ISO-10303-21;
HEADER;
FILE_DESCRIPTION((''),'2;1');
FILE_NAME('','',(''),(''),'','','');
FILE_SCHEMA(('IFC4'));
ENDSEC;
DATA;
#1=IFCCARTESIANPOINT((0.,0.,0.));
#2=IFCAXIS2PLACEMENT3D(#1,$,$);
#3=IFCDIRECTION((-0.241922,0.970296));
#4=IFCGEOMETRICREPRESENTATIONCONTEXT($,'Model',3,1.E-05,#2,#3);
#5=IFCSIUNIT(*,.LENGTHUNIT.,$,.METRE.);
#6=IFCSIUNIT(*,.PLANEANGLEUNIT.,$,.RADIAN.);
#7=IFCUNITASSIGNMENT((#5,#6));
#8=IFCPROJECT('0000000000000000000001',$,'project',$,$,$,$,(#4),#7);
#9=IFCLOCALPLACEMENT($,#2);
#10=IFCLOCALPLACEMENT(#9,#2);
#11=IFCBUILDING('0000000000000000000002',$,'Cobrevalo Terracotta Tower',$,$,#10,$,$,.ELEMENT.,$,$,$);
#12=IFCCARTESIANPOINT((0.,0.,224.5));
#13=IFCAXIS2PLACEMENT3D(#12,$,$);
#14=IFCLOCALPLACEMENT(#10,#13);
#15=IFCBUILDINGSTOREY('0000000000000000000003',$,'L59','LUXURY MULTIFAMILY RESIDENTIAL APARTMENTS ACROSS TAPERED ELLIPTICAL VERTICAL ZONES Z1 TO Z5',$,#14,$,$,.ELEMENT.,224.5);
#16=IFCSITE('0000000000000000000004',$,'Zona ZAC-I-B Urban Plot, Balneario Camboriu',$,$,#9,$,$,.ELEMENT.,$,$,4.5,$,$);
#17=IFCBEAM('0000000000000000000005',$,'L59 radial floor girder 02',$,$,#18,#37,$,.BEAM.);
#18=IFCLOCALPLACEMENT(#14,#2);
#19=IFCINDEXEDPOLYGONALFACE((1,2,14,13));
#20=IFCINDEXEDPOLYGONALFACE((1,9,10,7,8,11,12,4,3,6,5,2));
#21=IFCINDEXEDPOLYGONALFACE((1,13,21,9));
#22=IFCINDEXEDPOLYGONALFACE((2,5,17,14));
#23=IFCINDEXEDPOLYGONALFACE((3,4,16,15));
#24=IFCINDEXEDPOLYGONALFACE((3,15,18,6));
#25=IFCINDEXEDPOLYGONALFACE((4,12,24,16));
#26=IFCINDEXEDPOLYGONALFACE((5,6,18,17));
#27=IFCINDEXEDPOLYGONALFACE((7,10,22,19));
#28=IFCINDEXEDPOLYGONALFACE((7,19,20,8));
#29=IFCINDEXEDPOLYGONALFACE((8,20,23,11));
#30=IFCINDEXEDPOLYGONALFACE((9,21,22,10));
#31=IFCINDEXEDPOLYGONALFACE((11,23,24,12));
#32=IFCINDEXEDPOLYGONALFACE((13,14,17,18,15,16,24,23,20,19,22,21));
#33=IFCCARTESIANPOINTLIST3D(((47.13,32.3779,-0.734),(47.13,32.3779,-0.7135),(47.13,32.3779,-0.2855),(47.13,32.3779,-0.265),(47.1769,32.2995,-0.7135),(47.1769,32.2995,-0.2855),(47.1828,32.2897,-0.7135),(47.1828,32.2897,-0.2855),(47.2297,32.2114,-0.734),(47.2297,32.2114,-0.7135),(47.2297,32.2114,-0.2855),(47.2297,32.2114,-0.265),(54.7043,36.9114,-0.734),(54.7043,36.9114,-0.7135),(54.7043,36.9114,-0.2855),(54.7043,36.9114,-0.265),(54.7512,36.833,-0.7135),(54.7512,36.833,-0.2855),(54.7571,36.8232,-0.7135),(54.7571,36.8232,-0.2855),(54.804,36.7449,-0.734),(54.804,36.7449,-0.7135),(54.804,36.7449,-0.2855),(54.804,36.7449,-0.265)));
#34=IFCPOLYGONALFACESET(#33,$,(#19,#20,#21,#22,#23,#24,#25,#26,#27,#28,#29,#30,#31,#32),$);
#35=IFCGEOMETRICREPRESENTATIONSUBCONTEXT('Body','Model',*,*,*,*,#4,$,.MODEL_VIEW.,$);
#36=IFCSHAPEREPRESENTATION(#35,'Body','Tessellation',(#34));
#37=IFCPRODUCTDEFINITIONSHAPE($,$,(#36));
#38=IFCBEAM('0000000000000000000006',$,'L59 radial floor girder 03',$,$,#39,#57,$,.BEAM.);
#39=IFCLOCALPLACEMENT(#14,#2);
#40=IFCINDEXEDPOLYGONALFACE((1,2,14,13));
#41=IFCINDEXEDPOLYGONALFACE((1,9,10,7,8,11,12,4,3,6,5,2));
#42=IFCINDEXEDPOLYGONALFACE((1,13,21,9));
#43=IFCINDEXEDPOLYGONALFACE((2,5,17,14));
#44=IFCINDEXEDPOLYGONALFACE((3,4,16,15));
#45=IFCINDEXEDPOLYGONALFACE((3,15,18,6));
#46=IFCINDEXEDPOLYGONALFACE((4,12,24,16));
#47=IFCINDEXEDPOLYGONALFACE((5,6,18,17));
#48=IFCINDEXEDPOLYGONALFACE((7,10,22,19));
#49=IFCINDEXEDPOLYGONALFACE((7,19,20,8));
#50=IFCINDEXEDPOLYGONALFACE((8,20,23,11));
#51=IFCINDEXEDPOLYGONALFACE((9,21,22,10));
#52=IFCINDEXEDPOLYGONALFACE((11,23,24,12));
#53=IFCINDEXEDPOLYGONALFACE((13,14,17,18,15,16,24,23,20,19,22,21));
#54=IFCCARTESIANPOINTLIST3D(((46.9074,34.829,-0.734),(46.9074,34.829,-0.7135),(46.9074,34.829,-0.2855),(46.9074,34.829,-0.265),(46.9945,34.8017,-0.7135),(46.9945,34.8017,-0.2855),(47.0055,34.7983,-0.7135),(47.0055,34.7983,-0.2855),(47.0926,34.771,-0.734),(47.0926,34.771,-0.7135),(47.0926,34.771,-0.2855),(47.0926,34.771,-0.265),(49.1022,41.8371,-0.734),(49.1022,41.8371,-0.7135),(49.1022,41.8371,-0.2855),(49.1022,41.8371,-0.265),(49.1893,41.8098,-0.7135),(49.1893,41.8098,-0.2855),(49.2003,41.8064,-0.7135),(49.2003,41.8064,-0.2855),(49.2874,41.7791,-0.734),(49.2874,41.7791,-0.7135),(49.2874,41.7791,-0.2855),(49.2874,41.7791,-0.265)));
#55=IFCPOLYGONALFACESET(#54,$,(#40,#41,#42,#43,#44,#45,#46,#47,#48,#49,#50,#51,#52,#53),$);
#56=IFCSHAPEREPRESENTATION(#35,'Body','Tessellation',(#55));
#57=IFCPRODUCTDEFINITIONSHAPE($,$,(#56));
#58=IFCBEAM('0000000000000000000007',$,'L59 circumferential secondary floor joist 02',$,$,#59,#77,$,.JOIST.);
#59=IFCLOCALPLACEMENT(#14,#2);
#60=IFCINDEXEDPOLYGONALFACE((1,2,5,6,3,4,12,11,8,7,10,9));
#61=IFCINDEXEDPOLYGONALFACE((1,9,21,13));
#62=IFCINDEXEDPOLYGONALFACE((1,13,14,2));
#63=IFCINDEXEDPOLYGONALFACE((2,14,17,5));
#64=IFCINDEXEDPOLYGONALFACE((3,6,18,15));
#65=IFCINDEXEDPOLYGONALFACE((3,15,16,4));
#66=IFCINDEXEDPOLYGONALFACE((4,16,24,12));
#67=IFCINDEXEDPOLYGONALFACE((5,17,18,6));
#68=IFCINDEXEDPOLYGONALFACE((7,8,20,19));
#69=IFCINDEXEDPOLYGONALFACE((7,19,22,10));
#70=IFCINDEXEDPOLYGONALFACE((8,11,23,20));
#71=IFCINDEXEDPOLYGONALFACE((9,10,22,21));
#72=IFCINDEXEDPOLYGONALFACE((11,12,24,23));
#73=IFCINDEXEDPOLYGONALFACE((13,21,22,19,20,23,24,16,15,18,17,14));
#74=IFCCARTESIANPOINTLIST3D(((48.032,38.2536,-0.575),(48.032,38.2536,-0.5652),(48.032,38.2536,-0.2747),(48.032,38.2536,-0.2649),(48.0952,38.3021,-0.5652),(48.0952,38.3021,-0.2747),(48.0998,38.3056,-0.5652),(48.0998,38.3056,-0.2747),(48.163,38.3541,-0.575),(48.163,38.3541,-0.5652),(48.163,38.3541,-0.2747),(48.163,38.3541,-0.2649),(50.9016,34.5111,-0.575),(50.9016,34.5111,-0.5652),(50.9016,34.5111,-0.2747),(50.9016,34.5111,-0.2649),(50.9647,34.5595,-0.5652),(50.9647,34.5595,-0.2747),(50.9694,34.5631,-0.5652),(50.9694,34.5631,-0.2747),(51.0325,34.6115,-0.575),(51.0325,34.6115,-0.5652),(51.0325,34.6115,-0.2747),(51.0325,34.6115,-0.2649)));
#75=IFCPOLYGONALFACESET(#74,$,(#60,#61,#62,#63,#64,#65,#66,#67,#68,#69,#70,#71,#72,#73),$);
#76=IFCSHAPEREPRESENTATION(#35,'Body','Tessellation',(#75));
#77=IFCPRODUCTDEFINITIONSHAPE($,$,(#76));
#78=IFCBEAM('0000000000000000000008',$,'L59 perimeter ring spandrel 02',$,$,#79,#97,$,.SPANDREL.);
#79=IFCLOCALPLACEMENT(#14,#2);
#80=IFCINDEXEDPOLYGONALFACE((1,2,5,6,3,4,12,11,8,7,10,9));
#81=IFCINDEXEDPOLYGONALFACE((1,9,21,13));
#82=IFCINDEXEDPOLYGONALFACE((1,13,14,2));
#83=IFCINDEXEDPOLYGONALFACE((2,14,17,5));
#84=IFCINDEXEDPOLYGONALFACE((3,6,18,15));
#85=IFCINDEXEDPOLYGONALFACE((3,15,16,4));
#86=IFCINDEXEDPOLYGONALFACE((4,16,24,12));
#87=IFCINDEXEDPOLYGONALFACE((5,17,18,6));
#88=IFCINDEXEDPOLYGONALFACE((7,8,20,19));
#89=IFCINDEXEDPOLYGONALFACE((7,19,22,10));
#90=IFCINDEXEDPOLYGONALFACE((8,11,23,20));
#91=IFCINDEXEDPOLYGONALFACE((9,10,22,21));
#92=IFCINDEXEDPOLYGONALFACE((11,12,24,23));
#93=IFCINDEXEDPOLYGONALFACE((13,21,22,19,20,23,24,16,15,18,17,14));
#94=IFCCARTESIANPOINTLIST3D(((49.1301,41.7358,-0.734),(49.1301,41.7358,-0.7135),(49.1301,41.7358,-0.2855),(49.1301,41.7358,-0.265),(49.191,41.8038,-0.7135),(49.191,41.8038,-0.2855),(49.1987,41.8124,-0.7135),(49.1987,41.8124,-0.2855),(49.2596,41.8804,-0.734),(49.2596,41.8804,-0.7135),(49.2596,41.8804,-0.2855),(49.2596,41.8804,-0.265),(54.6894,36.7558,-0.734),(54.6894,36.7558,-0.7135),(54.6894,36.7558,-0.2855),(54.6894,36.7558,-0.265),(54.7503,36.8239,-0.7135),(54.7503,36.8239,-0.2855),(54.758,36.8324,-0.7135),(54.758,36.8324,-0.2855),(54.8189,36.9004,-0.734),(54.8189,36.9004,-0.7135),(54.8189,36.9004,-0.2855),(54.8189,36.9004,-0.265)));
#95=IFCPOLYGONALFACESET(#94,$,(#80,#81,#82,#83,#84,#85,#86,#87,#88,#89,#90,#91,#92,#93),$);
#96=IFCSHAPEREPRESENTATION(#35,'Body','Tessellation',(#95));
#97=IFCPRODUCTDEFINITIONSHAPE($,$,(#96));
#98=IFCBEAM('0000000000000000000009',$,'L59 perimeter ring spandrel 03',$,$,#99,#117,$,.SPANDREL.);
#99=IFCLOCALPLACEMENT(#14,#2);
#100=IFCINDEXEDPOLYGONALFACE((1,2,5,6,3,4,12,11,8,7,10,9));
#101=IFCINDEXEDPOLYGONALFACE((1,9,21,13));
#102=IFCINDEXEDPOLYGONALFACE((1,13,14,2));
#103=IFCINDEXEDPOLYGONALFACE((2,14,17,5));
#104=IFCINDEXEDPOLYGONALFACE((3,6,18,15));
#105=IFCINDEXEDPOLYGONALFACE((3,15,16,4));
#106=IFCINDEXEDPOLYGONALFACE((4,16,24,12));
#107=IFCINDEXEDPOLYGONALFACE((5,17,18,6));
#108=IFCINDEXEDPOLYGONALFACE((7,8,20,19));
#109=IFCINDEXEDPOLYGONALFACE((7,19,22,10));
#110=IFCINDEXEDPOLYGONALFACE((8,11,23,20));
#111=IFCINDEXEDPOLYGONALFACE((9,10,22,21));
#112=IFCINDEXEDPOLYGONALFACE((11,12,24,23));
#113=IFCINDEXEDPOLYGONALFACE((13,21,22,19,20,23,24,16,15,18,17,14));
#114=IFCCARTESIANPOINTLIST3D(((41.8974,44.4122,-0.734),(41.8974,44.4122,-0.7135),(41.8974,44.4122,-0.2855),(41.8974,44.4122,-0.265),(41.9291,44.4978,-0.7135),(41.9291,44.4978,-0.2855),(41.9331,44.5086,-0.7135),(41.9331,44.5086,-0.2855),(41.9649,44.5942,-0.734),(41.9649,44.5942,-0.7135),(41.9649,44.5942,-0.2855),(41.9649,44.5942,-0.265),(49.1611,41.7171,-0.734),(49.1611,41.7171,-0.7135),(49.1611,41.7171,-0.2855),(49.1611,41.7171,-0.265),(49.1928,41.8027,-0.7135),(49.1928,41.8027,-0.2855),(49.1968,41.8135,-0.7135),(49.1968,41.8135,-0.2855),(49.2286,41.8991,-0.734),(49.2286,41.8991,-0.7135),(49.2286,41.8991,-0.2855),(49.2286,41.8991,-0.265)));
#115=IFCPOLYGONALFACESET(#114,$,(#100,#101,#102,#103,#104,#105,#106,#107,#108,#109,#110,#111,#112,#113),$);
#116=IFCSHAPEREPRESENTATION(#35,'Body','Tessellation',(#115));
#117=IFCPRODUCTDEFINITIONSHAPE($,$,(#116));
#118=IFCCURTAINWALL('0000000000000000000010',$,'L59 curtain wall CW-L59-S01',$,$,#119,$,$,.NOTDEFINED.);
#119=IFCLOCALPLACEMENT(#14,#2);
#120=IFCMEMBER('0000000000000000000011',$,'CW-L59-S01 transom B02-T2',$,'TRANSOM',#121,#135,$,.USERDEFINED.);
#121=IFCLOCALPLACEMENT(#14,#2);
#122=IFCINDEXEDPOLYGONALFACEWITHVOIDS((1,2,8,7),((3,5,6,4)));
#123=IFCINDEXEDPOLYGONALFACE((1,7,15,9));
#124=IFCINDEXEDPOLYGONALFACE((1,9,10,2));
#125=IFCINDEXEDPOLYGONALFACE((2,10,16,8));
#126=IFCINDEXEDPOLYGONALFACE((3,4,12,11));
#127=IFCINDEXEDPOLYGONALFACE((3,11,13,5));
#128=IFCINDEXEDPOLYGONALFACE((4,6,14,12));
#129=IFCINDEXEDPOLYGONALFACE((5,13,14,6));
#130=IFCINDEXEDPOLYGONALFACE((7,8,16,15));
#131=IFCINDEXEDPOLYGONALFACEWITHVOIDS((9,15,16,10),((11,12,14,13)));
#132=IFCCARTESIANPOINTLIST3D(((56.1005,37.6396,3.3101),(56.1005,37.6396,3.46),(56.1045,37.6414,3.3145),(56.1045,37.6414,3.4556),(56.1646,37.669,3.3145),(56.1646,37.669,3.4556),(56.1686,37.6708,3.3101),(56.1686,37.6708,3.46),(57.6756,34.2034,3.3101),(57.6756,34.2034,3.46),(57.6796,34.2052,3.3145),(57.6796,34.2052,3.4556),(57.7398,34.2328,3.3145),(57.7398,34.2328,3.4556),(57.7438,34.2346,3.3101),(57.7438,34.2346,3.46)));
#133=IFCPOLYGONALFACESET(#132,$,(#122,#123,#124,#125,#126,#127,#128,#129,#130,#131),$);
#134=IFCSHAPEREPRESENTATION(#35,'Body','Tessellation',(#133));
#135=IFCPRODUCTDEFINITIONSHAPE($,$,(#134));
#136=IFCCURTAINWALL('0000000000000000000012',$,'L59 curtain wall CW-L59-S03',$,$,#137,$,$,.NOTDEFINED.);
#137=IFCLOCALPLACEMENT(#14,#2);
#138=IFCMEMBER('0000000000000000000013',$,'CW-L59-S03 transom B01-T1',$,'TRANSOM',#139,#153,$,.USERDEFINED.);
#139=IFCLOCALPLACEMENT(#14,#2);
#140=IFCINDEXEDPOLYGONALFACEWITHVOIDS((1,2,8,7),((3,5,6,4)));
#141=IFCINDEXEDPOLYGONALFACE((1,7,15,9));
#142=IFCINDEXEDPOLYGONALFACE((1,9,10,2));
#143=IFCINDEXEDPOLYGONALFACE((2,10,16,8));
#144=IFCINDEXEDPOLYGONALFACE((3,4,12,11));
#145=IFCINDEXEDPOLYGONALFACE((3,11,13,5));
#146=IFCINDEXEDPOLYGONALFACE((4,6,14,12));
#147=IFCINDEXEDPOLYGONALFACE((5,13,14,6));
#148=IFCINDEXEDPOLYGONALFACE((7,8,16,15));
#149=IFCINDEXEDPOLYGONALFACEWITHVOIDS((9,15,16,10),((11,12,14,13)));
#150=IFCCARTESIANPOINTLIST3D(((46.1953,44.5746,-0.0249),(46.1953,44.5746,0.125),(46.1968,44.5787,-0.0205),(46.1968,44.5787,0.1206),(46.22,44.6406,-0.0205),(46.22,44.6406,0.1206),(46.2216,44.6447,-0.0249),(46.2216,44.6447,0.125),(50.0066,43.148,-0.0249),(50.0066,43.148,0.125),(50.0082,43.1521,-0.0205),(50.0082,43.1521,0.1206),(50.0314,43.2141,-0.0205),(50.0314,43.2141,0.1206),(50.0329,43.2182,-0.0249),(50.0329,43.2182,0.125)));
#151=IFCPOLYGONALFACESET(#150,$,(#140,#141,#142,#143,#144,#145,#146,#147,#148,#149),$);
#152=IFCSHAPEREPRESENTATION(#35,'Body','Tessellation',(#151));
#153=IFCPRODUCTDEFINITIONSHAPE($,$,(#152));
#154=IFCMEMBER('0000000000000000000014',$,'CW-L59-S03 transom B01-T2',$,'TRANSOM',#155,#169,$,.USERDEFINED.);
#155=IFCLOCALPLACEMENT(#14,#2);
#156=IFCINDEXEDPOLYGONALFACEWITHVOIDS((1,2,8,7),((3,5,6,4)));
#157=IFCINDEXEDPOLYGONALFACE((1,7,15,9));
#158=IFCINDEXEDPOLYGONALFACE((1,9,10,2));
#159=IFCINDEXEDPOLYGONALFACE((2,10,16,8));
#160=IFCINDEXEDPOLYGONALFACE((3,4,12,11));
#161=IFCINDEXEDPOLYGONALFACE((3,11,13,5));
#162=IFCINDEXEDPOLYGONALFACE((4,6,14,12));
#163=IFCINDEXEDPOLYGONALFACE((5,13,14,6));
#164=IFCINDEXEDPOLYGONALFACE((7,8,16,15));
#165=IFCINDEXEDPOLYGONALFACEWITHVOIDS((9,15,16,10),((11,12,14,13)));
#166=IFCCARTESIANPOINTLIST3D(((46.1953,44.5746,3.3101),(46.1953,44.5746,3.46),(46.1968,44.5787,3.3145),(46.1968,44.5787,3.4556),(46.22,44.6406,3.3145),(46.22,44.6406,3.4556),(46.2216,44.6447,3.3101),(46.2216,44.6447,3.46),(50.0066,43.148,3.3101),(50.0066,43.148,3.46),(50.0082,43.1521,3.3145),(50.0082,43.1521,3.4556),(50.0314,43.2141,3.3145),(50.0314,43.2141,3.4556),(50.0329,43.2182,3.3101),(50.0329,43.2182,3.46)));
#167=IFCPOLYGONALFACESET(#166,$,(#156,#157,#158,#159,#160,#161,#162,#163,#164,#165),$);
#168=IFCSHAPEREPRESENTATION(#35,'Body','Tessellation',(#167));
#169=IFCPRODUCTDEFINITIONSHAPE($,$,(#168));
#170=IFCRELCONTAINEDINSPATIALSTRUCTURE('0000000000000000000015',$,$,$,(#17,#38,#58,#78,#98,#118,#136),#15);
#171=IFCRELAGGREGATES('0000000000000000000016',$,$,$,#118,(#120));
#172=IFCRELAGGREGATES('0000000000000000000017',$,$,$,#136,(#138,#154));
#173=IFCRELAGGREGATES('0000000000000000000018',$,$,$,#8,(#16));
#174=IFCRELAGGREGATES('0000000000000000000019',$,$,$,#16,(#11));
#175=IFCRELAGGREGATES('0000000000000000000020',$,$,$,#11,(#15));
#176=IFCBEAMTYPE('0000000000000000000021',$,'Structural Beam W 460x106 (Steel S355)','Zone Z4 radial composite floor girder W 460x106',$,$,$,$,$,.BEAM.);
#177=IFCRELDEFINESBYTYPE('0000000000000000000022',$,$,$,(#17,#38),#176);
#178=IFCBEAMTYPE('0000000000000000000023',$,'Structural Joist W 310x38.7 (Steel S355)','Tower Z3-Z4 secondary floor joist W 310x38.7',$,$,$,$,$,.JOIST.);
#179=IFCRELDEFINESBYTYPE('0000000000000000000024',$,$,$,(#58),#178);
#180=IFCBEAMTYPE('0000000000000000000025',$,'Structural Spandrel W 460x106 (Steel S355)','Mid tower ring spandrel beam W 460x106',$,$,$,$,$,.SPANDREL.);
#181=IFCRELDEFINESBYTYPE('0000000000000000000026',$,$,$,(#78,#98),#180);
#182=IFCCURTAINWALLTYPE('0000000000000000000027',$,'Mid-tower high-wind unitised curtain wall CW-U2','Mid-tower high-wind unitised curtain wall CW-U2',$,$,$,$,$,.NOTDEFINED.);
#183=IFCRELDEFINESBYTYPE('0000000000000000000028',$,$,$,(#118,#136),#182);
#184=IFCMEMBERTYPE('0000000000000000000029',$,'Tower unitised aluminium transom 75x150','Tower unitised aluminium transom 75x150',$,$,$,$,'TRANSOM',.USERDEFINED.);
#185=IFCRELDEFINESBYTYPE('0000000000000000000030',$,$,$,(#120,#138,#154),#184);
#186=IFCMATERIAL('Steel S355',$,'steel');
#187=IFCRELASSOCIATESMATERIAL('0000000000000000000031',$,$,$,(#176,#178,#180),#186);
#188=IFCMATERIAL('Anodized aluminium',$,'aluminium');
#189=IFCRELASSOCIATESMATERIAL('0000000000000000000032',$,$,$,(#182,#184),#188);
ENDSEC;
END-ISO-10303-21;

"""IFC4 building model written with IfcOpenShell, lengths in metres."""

from ifc_helpers import new_model, si_unit, direction, frame, origin, origin_2d, place, context, subcontext, project, spatial, hollow_rectangle, i_section, extrude, source, transform, mapped, material, material_profile, profile_set, type_object, element, aggregate, save


model = new_model("IFC4")

# Units and contexts
model_context = context("Model", 3, precision=1e-05, world=origin(), true_north=direction((-0.241922, 0.970296)))
body_context = subcontext(model_context, "Body", "Model", "MODEL_VIEW")
ifc_project = project(units=[si_unit("LENGTHUNIT", "METRE"), si_unit("PLANEANGLEUNIT", "RADIAN")], contexts=[model_context])

# Site, building, storey
site_placement = place(None, origin())
site = spatial("IfcSite", under=ifc_project, at=site_placement, Name="Zona ZAC-I-B Urban Plot, Balneario Camboriu", CompositionType="ELEMENT", RefElevation=4.5)
building_placement = place(site_placement, origin())
building = spatial("IfcBuilding", under=site, at=building_placement, Name="Cobrevalo Terracotta Tower", CompositionType="ELEMENT")
storey_placement = place(building_placement, frame((0.0, 0.0, 224.5)))
storey = spatial("IfcBuildingStorey", under=building, at=storey_placement, Name="L59", Description="LUXURY MULTIFAMILY RESIDENTIAL APARTMENTS ACROSS TAPERED ELLIPTICAL VERTICAL ZONES Z1 TO Z5", CompositionType="ELEMENT", Elevation=224.5)

# Shared definitions
ifc_material_1 = material(Name="Steel S355", Category="steel")

# Beams
ifc_material_profile_1 = material_profile(ifc_material_1, i_section(OverallWidth=0.1941, OverallDepth=0.469, WebThickness=0.0115, FlangeThickness=0.0205, at=origin_2d()), Name="W 460x106")
ifc_profile_set_1 = profile_set([ifc_material_profile_1], Name="Steel S355")
beam_type_1 = type_object("IfcBeamType", Name="Structural Beam W 460x106 (Steel S355)", Description="Zone Z4 radial composite floor girder W 460x106", PredefinedType="BEAM", material=ifc_profile_set_1)
beam_1_placement = place(storey_placement, frame((54.7542, 36.8281, -0.4995), z_axis=(-0.858046, -0.513572, 0.0), x_axis=(0.513572, -0.858046, 0.0)))
element("IfcBeam", 1, at=beam_1_placement, inside=storey, type_object=beam_type_1, Name="L59 radial floor girder 02", PredefinedType="BEAM", context=body_context, shape_type="SweptSolid", body=[
    extrude(i_section(OverallWidth=0.1941, OverallDepth=0.469, WebThickness=0.0115, FlangeThickness=0.0205, at=origin_2d()), origin(), (0.0, 0.0, 1.0), 8.8274),
])
beam_2_placement = place(storey_placement, frame((49.1948, 41.8081, -0.4995), z_axis=(-0.298871, -0.954293, 0.0), x_axis=(0.954293, -0.298871, 0.0)))
element("IfcBeam", 2, at=beam_2_placement, inside=storey, type_object=beam_type_1, Name="L59 radial floor girder 03", PredefinedType="BEAM", context=body_context, shape_type="SweptSolid", body=[
    extrude(i_section(OverallWidth=0.1941, OverallDepth=0.469, WebThickness=0.0115, FlangeThickness=0.0205, at=origin_2d()), origin(), (0.0, 0.0, 1.0), 7.3438),
])
ifc_material_profile_2 = material_profile(ifc_material_1, i_section(OverallWidth=0.165, OverallDepth=0.3101, WebThickness=0.0059, FlangeThickness=0.0098, at=origin_2d()), Name="W 310x38.7")
ifc_profile_set_2 = profile_set([ifc_material_profile_2], Name="Steel S355")
beam_type_2 = type_object("IfcBeamType", Name="Structural Joist W 310x38.7 (Steel S355)", Description="Tower Z3-Z4 secondary floor joist W 310x38.7", PredefinedType="JOIST", material=ifc_profile_set_2)
beam_3_placement = place(storey_placement, frame((50.967, 34.5613, -0.4199), z_axis=(-0.608464, 0.793581, 0.0), x_axis=(-0.793581, -0.608464, 0.0)))
element("IfcBeam", 3, at=beam_3_placement, inside=storey, type_object=beam_type_2, Name="L59 circumferential secondary floor joist 02", PredefinedType="JOIST", context=body_context, shape_type="SweptSolid", body=[
    extrude(i_section(OverallWidth=0.165, OverallDepth=0.3101, WebThickness=0.0059, FlangeThickness=0.0098, at=origin_2d()), origin(), (0.0, 0.0, 1.0), 4.7161),
])
ifc_material_profile_3 = material_profile(ifc_material_1, i_section(OverallWidth=0.1941, OverallDepth=0.469, WebThickness=0.0115, FlangeThickness=0.0205, at=origin_2d()), Name="W 460x106")
ifc_profile_set_3 = profile_set([ifc_material_profile_3], Name="Steel S355")
beam_type_3 = type_object("IfcBeamType", Name="Structural Spandrel W 460x106 (Steel S355)", Description="Mid tower ring spandrel beam W 460x106", PredefinedType="SPANDREL", material=ifc_profile_set_3)
beam_4_placement = place(storey_placement, frame((54.7542, 36.8281, -0.4995), z_axis=(-0.744852, 0.66723, 0.0), x_axis=(-0.66723, -0.744852, 0.0)))
element("IfcBeam", 4, at=beam_4_placement, inside=storey, type_object=beam_type_3, Name="L59 perimeter ring spandrel 02", PredefinedType="SPANDREL", context=body_context, shape_type="SweptSolid", body=[
    extrude(i_section(OverallWidth=0.1941, OverallDepth=0.469, WebThickness=0.0115, FlangeThickness=0.0205, at=origin_2d()), origin(), (0.0, 0.0, 1.0), 7.4636),
])
beam_5_placement = place(storey_placement, frame((49.1948, 41.8081, -0.4995), z_axis=(-0.937546, 0.347861, 0.0), x_axis=(-0.347861, -0.937546, 0.0)))
element("IfcBeam", 5, at=beam_5_placement, inside=storey, type_object=beam_type_3, Name="L59 perimeter ring spandrel 03", PredefinedType="SPANDREL", context=body_context, shape_type="SweptSolid", body=[
    extrude(i_section(OverallWidth=0.1941, OverallDepth=0.469, WebThickness=0.0115, FlangeThickness=0.0205, at=origin_2d()), origin(), (0.0, 0.0, 1.0), 7.7476),
])

# Curtain wall, member
ifc_material_2 = material(Name="Anodized aluminium", Category="aluminium")
curtain_wall_type = type_object("IfcCurtainWallType", Name="Mid-tower high-wind unitised curtain wall CW-U2", Description="Mid-tower high-wind unitised curtain wall CW-U2", PredefinedType="NOTDEFINED", material=ifc_material_2)
curtain_wall_1_placement = place(storey_placement, origin())
curtain_wall_1 = element("IfcCurtainWall", 6, at=curtain_wall_1_placement, inside=storey, type_object=curtain_wall_type, Name="L59 curtain wall CW-L59-S01", PredefinedType="NOTDEFINED")
ifc_material_profile_4 = material_profile(ifc_material_2, hollow_rectangle(XDim=0.075, YDim=0.1499, WallThickness=0.0044, at=origin_2d()), Name="CWT 75x150")
ifc_profile_set_4 = profile_set([ifc_material_profile_4], Name="Anodized aluminium")
member_type_1 = type_object("IfcMemberType", Name="Tower unitised aluminium transom 75x150", Description="Tower unitised aluminium transom 75x150", ElementType="TRANSOM", PredefinedType="USERDEFINED", material=ifc_profile_set_4)
shared_shape_1 = source(origin(), body_context, "Body", "SweptSolid", [
    extrude(hollow_rectangle(XDim=0.075, YDim=0.1499, WallThickness=0.0044, at=origin_2d()), origin(), (0.0, 0.0, 1.0), 3.78),
])
member_1_placement = place(storey_placement, frame((57.7097, 34.219, 3.385), z_axis=(-0.416706, 0.909041, 0.0), x_axis=(-0.909041, -0.416706, 0.0)))
member_1 = element("IfcMember", 7, at=member_1_placement, type_object=member_type_1, Name="CW-L59-S01 transom B02-T2", ObjectType="TRANSOM", PredefinedType="USERDEFINED", context=body_context, shape_type="MappedRepresentation", body=[
    mapped(shared_shape_1, transform((0.0, 0.0, 0.0), scale=1.0)),
])

# Curtain wall, members
curtain_wall_2_placement = place(storey_placement, origin())
curtain_wall_2 = element("IfcCurtainWall", 8, at=curtain_wall_2_placement, inside=storey, type_object=curtain_wall_type, Name="L59 curtain wall CW-L59-S03", PredefinedType="NOTDEFINED")
shared_shape_2 = source(origin(), body_context, "Body", "SweptSolid", [
    extrude(hollow_rectangle(XDim=0.075, YDim=0.1499, WallThickness=0.0044, at=origin_2d()), origin(), (0.0, 0.0, 1.0), 4.0696),
])
member_2_placement = place(storey_placement, frame((50.0198, 43.1831, 0.05), z_axis=(-0.936548, 0.350538, 0.0), x_axis=(-0.350538, -0.936548, 0.0)))
member_2 = element("IfcMember", 9, at=member_2_placement, type_object=member_type_1, Name="CW-L59-S03 transom B01-T1", ObjectType="TRANSOM", PredefinedType="USERDEFINED", context=body_context, shape_type="MappedRepresentation", body=[
    mapped(shared_shape_2, transform((0.0, 0.0, 0.0), scale=1.0)),
])
member_3_placement = place(storey_placement, frame((50.0198, 43.1831, 3.385), z_axis=(-0.936548, 0.350538, 0.0), x_axis=(-0.350538, -0.936548, 0.0)))
member_3 = element("IfcMember", 10, at=member_3_placement, type_object=member_type_1, Name="CW-L59-S03 transom B01-T2", ObjectType="TRANSOM", PredefinedType="USERDEFINED", context=body_context, shape_type="MappedRepresentation", body=[
    mapped(shared_shape_2, transform((0.0, 0.0, 0.0), scale=1.0)),
])

aggregate(curtain_wall_1, [member_1])
aggregate(curtain_wall_2, [member_2, member_3])

save(model, "model.ifc")
